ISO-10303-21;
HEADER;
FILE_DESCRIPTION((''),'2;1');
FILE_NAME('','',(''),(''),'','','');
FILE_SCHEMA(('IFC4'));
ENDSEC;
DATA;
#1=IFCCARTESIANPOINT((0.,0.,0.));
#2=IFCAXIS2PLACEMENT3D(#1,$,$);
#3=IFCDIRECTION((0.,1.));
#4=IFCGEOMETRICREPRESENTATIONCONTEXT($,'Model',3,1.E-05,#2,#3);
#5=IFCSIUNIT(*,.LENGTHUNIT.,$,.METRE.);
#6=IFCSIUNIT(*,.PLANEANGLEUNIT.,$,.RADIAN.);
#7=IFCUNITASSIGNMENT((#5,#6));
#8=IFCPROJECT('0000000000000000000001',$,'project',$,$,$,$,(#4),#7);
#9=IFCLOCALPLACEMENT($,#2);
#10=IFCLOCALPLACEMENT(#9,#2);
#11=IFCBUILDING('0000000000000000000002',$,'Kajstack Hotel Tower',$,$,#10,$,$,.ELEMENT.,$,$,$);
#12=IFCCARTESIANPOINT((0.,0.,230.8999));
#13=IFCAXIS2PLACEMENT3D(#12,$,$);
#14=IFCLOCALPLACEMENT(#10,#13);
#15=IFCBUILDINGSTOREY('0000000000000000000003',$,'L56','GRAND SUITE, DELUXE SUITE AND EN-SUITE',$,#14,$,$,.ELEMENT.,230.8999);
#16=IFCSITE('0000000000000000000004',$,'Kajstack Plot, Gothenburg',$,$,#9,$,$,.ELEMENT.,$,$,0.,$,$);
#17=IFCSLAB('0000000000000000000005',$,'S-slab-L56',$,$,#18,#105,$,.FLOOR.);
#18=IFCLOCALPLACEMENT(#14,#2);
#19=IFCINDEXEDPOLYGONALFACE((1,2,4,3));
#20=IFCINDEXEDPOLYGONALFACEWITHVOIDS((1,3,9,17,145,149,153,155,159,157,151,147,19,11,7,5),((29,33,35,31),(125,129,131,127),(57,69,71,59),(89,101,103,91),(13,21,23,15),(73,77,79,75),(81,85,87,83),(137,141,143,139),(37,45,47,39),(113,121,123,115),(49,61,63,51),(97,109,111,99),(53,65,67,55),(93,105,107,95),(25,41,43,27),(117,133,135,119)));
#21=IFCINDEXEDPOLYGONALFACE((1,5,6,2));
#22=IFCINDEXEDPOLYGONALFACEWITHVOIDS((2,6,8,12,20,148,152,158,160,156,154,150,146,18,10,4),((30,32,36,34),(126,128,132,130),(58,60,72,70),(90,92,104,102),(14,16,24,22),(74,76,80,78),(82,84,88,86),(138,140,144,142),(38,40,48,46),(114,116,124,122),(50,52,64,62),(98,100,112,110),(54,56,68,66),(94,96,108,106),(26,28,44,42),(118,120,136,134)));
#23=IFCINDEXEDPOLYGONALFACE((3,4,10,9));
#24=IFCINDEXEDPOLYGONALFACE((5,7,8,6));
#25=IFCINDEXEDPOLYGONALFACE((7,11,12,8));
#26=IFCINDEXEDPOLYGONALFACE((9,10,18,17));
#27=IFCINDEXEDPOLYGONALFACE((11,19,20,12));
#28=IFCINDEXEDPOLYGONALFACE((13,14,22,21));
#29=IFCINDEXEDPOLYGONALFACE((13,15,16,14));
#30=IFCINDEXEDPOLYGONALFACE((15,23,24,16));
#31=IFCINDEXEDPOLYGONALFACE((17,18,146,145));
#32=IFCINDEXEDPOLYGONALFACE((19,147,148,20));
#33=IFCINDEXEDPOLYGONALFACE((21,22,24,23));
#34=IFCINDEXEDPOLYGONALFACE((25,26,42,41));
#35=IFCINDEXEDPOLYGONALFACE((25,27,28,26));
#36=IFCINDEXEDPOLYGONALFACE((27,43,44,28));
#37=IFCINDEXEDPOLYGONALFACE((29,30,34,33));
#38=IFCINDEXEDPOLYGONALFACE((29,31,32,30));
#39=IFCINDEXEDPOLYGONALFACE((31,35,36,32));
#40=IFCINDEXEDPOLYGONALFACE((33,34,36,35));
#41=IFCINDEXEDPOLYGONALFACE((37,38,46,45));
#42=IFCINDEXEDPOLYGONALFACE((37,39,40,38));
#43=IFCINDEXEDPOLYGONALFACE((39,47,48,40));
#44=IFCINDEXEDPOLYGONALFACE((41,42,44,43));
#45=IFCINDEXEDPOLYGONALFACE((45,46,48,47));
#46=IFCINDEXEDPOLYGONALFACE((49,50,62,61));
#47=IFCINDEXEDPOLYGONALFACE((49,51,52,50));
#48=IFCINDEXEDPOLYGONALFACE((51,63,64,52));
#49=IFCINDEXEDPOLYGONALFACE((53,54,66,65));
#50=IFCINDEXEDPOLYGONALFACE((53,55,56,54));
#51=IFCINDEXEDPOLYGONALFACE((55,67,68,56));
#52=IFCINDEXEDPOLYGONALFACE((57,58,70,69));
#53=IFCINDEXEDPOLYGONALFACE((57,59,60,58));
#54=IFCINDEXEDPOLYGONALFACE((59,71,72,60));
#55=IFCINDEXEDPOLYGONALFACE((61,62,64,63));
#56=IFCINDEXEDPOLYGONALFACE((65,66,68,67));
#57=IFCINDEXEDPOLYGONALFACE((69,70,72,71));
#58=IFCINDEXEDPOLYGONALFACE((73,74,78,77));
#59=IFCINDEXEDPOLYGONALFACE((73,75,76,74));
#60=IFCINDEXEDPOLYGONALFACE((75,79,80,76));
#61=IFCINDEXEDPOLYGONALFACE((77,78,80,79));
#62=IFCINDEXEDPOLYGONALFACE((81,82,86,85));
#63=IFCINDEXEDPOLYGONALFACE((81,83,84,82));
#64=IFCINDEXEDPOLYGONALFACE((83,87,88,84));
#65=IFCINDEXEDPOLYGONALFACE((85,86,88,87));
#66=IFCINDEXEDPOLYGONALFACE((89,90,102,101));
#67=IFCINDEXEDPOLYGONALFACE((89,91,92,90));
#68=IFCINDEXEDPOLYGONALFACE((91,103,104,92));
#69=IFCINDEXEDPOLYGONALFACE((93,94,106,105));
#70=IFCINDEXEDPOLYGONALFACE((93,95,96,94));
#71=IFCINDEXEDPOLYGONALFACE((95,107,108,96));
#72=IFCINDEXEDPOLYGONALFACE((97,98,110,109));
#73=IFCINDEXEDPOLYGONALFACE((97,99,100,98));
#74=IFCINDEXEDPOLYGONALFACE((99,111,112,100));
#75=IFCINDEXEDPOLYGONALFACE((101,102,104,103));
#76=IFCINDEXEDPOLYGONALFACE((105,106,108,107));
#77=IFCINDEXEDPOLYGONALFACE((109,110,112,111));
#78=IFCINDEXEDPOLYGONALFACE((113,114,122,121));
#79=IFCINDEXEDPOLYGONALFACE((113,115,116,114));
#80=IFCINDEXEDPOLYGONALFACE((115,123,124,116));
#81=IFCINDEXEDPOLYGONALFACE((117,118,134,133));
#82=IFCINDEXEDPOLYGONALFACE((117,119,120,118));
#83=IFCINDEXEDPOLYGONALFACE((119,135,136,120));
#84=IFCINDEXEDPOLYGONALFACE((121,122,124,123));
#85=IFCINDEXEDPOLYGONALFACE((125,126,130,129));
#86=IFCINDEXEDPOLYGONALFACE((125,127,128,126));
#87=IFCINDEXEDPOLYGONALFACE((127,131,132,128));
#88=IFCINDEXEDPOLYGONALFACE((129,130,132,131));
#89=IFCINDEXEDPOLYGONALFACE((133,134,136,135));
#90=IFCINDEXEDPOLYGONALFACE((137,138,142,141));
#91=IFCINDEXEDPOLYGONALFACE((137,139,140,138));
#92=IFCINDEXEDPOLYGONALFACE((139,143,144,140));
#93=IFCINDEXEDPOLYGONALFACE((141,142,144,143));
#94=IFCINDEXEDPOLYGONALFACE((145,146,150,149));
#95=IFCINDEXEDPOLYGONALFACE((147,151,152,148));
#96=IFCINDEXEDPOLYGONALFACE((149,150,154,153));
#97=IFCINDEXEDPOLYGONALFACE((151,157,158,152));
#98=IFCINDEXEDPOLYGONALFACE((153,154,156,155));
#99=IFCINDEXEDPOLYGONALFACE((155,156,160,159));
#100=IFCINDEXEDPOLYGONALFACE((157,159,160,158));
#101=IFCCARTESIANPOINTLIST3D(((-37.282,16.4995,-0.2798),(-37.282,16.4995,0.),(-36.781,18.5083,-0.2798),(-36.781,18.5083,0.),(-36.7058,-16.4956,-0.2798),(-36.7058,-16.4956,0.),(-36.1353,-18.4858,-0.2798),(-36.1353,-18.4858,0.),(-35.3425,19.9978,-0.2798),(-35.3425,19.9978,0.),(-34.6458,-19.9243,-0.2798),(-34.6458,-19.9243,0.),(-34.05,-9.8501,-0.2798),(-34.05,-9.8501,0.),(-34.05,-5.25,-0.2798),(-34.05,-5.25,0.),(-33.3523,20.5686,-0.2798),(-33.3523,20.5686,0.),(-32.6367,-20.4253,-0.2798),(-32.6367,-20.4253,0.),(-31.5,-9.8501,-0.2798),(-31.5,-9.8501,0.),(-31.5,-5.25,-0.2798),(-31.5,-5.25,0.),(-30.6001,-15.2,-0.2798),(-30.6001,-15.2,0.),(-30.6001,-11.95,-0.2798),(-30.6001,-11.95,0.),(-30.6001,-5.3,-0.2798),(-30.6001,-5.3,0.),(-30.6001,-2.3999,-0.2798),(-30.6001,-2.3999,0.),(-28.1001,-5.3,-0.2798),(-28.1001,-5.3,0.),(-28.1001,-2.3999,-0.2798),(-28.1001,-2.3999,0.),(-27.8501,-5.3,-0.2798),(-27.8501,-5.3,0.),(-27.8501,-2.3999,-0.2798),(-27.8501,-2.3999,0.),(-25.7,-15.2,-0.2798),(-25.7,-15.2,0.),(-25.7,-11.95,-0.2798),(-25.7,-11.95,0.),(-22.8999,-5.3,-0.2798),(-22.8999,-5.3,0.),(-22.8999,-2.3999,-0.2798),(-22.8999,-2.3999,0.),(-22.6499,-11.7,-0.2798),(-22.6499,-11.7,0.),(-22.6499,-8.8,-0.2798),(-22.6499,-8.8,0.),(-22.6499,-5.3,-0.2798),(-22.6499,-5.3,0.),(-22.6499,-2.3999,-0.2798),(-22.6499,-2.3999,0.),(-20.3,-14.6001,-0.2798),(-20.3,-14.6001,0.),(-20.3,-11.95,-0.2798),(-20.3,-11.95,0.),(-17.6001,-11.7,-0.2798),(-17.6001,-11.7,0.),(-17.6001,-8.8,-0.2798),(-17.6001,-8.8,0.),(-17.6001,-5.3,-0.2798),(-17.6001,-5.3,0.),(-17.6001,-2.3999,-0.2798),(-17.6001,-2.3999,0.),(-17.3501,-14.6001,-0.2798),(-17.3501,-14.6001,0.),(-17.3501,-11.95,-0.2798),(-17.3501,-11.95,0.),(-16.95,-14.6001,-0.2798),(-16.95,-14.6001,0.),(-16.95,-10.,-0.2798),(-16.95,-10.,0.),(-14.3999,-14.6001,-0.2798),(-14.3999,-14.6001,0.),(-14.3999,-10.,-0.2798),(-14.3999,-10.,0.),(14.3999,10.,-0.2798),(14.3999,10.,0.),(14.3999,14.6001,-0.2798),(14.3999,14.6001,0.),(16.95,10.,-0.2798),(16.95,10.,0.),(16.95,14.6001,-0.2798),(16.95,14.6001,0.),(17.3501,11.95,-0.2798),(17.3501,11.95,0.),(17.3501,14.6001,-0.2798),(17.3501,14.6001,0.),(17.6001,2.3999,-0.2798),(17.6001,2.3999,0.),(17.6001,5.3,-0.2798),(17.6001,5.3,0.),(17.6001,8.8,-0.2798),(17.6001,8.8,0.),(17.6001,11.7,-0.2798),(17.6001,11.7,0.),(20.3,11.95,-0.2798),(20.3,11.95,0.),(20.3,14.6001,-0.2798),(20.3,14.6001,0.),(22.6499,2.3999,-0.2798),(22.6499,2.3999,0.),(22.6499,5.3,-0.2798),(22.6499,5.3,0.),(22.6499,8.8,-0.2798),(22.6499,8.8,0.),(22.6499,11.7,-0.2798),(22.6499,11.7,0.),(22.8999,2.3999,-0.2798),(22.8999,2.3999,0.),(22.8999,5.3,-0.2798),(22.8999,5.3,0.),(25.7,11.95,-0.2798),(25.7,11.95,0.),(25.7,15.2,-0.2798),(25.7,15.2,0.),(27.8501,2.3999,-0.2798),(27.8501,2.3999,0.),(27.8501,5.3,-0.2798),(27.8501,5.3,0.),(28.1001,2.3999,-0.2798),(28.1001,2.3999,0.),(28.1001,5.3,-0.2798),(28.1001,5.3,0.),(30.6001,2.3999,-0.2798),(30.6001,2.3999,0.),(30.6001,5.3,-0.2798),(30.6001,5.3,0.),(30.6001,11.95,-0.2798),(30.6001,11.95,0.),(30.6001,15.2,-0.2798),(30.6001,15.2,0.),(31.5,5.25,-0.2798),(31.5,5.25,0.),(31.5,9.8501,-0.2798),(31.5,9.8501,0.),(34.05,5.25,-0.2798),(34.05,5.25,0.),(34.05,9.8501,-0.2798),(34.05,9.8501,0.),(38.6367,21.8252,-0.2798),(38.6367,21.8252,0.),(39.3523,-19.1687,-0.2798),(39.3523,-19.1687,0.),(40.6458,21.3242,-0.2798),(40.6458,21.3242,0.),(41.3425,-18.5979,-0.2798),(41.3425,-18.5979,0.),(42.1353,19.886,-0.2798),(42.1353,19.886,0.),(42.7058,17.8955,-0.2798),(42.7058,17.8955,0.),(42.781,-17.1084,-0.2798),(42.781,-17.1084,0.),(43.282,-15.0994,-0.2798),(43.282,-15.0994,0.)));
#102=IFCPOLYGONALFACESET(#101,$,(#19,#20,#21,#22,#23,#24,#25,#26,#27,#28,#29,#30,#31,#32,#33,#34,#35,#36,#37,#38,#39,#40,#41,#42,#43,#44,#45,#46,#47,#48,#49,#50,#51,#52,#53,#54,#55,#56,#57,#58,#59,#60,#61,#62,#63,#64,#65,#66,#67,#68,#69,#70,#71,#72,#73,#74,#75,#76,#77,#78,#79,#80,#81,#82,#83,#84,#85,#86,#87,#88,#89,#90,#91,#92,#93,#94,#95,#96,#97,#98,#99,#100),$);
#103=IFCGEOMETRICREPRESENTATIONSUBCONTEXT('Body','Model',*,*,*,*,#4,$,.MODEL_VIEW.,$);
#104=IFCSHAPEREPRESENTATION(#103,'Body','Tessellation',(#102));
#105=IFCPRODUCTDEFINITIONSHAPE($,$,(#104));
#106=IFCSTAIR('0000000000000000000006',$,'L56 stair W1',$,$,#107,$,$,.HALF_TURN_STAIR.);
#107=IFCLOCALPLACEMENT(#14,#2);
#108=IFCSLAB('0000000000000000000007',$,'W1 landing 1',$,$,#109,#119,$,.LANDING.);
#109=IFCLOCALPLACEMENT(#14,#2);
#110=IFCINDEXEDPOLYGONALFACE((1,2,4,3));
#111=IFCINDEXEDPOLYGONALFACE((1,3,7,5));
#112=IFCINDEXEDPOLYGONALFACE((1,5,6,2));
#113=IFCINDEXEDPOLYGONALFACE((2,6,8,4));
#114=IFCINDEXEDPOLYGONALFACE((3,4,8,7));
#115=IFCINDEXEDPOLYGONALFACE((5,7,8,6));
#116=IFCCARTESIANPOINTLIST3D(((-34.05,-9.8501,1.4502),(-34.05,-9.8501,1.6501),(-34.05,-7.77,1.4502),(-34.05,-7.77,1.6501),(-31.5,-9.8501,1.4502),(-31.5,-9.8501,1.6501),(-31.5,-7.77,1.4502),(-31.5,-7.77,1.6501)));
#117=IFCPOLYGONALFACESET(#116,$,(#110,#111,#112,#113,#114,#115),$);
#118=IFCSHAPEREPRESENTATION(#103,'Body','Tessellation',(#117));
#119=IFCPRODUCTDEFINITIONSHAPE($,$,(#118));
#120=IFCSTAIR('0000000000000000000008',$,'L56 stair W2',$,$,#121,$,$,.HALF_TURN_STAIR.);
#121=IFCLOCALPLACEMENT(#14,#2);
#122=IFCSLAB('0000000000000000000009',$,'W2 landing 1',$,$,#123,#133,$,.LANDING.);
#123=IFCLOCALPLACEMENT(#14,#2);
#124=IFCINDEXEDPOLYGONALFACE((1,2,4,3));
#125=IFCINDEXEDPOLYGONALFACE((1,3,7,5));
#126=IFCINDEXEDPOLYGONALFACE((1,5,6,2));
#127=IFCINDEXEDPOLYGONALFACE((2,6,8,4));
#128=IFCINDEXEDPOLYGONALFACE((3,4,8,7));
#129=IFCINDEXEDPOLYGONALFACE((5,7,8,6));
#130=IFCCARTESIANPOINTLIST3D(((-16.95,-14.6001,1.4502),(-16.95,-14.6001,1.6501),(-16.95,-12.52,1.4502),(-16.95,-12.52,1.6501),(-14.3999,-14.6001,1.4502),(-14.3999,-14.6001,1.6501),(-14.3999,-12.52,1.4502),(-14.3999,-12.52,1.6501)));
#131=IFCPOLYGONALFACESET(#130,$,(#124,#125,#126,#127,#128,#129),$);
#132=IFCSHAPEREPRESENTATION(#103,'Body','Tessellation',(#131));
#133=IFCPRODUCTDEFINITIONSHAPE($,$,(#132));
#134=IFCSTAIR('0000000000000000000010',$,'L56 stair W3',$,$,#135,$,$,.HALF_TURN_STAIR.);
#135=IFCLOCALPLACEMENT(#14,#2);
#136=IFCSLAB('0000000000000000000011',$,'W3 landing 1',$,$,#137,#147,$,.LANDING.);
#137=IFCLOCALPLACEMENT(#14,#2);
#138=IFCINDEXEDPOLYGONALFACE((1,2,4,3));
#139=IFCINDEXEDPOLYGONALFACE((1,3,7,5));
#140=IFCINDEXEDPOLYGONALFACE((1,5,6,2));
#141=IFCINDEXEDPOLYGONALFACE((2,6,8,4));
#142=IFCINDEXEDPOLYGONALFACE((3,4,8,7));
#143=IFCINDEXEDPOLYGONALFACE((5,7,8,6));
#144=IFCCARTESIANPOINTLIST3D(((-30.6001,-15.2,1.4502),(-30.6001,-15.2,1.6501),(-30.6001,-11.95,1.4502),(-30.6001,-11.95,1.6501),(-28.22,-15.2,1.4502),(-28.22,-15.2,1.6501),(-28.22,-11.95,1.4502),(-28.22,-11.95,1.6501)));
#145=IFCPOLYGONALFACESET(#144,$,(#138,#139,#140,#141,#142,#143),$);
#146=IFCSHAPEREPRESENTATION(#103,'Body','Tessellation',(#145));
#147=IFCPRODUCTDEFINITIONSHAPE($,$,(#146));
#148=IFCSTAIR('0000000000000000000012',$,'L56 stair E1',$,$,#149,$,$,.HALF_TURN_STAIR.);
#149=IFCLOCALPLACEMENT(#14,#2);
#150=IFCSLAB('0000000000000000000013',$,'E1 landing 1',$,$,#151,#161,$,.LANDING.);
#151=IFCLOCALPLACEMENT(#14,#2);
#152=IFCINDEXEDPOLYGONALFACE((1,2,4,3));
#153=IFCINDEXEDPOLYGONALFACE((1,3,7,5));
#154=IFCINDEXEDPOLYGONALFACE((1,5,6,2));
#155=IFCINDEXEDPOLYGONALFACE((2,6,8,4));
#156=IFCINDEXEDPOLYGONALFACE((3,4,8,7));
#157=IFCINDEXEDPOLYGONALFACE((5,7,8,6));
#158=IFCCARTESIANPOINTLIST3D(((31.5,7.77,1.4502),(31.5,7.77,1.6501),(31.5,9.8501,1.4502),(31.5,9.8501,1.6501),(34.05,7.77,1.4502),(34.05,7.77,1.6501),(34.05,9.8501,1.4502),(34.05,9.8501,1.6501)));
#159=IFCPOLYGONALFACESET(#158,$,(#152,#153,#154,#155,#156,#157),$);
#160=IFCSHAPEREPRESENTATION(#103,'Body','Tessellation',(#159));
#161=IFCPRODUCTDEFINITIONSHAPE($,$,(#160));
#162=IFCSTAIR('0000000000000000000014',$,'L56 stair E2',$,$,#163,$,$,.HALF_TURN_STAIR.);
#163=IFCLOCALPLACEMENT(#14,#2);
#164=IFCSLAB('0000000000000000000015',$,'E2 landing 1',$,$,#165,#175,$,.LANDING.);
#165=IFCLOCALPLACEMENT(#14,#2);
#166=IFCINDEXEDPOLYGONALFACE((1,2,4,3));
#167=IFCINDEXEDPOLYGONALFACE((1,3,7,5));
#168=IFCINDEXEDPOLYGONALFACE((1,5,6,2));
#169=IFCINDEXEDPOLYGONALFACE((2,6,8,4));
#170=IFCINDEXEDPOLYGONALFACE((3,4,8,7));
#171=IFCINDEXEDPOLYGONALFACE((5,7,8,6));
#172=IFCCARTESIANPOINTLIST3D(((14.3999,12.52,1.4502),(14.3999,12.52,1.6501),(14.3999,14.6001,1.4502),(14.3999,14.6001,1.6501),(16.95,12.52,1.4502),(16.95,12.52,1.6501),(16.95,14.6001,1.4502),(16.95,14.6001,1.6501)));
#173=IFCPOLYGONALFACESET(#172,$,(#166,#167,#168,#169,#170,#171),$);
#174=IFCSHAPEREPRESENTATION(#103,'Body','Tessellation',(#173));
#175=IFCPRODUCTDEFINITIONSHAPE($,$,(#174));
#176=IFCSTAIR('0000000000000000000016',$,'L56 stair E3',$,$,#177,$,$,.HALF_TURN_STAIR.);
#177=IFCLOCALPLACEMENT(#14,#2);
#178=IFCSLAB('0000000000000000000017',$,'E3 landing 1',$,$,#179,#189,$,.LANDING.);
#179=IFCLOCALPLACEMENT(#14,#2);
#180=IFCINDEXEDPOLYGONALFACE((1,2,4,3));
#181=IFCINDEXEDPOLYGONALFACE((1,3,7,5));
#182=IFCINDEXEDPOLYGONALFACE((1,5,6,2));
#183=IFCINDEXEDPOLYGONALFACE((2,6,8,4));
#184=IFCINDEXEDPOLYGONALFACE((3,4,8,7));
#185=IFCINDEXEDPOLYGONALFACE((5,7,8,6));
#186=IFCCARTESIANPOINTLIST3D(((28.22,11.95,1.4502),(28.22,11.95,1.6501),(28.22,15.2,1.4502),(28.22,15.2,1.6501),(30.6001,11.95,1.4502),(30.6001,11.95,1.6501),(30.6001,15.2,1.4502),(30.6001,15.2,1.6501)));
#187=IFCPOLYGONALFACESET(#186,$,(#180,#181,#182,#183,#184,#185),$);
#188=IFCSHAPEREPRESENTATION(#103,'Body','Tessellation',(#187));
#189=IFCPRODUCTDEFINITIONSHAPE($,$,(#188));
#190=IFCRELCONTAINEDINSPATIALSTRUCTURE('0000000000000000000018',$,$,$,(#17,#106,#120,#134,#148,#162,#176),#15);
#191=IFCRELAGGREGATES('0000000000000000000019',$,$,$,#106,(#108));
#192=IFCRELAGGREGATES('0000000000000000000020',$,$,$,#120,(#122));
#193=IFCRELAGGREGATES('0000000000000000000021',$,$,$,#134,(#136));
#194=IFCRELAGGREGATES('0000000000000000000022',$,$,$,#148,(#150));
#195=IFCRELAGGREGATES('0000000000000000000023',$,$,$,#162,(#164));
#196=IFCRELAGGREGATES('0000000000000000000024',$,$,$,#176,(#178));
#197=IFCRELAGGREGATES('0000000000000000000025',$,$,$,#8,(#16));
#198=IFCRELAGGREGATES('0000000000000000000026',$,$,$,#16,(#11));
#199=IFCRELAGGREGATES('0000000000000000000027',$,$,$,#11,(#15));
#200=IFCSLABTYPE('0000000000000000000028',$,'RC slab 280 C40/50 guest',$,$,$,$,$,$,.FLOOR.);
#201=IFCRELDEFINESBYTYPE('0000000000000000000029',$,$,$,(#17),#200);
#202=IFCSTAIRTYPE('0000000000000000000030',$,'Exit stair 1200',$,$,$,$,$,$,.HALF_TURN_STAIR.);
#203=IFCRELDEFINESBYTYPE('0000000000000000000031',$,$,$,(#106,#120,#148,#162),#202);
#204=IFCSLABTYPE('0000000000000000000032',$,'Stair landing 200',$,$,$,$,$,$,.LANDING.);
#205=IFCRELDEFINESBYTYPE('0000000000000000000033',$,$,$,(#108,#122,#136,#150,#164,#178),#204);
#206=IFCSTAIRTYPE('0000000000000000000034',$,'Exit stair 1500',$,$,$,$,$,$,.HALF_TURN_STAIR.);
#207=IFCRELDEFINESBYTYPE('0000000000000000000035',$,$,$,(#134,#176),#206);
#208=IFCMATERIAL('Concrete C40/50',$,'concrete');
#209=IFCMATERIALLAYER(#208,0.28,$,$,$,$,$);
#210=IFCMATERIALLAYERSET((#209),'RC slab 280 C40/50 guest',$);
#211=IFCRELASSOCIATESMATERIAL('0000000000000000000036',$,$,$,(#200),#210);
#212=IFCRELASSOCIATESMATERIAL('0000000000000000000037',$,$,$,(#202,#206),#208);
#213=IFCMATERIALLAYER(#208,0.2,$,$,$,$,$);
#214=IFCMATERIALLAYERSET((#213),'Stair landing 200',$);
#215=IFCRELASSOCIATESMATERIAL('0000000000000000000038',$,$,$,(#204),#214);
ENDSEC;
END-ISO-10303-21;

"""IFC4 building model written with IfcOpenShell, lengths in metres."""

from ifc_helpers import new_model, si_unit, direction, frame, origin, place, context, subcontext, project, spatial, polyline, outline, extrude, material, layer, layer_set, type_object, element, aggregate, save


model = new_model("IFC4")

# Units and contexts
model_context = context("Model", 3, precision=1e-05, world=origin(), true_north=direction((0.0, 1.0)))
body_context = subcontext(model_context, "Body", "Model", "MODEL_VIEW")
ifc_project = project(units=[si_unit("LENGTHUNIT", "METRE"), si_unit("PLANEANGLEUNIT", "RADIAN")], contexts=[model_context])

# Site, building, storey
site_placement = place(None, origin())
site = spatial("IfcSite", under=ifc_project, at=site_placement, Name="Kajstack Plot, Gothenburg", CompositionType="ELEMENT", RefElevation=0.0)
building_placement = place(site_placement, origin())
building = spatial("IfcBuilding", under=site, at=building_placement, Name="Kajstack Hotel Tower", CompositionType="ELEMENT")
storey_placement = place(building_placement, frame((0.0, 0.0, 230.8999)))
storey = spatial("IfcBuildingStorey", under=building, at=storey_placement, Name="L56", Description="GRAND SUITE, DELUXE SUITE AND EN-SUITE", CompositionType="ELEMENT", Elevation=230.8999)

# Slab
ifc_material_1 = material(Name="Concrete C40/50", Category="concrete")
ifc_layer_1 = layer(ifc_material_1, 0.28)
ifc_layer_set_1 = layer_set([ifc_layer_1], Name="RC slab 280 C40/50 guest")
slab_type_1 = type_object("IfcSlabType", Name="RC slab 280 C40/50 guest", PredefinedType="FLOOR", material=ifc_layer_set_1)
slab_1_placement = place(storey_placement, frame((0.0, 0.0, -0.2798)))
element("IfcSlab", 1, at=slab_1_placement, inside=storey, type_object=slab_type_1, Name="S-slab-L56", PredefinedType="FLOOR", context=body_context, shape_type="SweptSolid", body=[
    extrude(outline(polyline([(-37.282, 16.4995), (-36.7058, -16.4956), (-36.1353, -18.4858), (-34.6458, -19.9243), (-32.6367, -20.4253), (39.3523, -19.1687), (41.3425, -18.5979), (42.781, -17.1084), (43.282, -15.0994), (42.7058, 17.8955), (42.1353, 19.886), (40.6458, 21.3242), (38.6367, 21.8252), (-33.3523, 20.5686), (-35.3425, 19.9978), (-36.781, 18.5083), (-37.282, 16.4995)]), holes=[polyline([(-22.6499, -11.7), (-22.6499, -8.8), (-17.6001, -8.8), (-17.6001, -11.7), (-22.6499, -11.7)]), polyline([(-27.8501, -5.3), (-27.8501, -2.3999), (-22.8999, -2.3999), (-22.8999, -5.3), (-27.8501, -5.3)]), polyline([(-22.6499, -5.3), (-22.6499, -2.3999), (-17.6001, -2.3999), (-17.6001, -5.3), (-22.6499, -5.3)]), polyline([(-20.3, -14.6001), (-17.3501, -14.6001), (-17.3501, -11.95), (-20.3, -11.95), (-20.3, -14.6001)]), polyline([(-30.6001, -5.3), (-28.1001, -5.3), (-28.1001, -2.3999), (-30.6001, -2.3999), (-30.6001, -5.3)]), polyline([(17.6001, 8.8), (17.6001, 11.7), (22.6499, 11.7), (22.6499, 8.8), (17.6001, 8.8)]), polyline([(22.8999, 2.3999), (22.8999, 5.3), (27.8501, 5.3), (27.8501, 2.3999), (22.8999, 2.3999)]), polyline([(17.6001, 2.3999), (17.6001, 5.3), (22.6499, 5.3), (22.6499, 2.3999), (17.6001, 2.3999)]), polyline([(20.3, 14.6001), (17.3501, 14.6001), (17.3501, 11.95), (20.3, 11.95), (20.3, 14.6001)]), polyline([(30.6001, 5.3), (28.1001, 5.3), (28.1001, 2.3999), (30.6001, 2.3999), (30.6001, 5.3)]), polyline([(-34.05, -9.8501), (-31.5, -9.8501), (-31.5, -5.25), (-34.05, -5.25), (-34.05, -9.8501)]), polyline([(-16.95, -14.6001), (-14.3999, -14.6001), (-14.3999, -10.0), (-16.95, -10.0), (-16.95, -14.6001)]), polyline([(-30.6001, -15.2), (-25.7, -15.2), (-25.7, -11.95), (-30.6001, -11.95), (-30.6001, -15.2)]), polyline([(34.05, 9.8501), (31.5, 9.8501), (31.5, 5.25), (34.05, 5.25), (34.05, 9.8501)]), polyline([(16.95, 14.6001), (14.3999, 14.6001), (14.3999, 10.0), (16.95, 10.0), (16.95, 14.6001)]), polyline([(30.6001, 15.2), (25.7, 15.2), (25.7, 11.95), (30.6001, 11.95), (30.6001, 15.2)])]), origin(), (0.0, 0.0, 1.0), 0.2798),
])

# Stairs, slabs
stair_type_1 = type_object("IfcStairType", Name="Exit stair 1200", PredefinedType="HALF_TURN_STAIR", material=ifc_material_1)
stair_1_placement = place(storey_placement, origin())
stair_1 = element("IfcStair", 2, at=stair_1_placement, inside=storey, type_object=stair_type_1, Name="L56 stair W1", PredefinedType="HALF_TURN_STAIR")
ifc_layer_2 = layer(ifc_material_1, 0.2)
ifc_layer_set_2 = layer_set([ifc_layer_2], Name="Stair landing 200")
slab_type_2 = type_object("IfcSlabType", Name="Stair landing 200", PredefinedType="LANDING", material=ifc_layer_set_2)
slab_2_placement = place(storey_placement, frame((0.0, 0.0, 1.4502)))
slab_2 = element("IfcSlab", 3, at=slab_2_placement, type_object=slab_type_2, Name="W1 landing 1", PredefinedType="LANDING", context=body_context, shape_type="SweptSolid", body=[
    extrude(outline(polyline([(-34.05, -7.77), (-34.05, -9.8501), (-31.5, -9.8501), (-31.5, -7.77), (-34.05, -7.77)])), origin(), (0.0, 0.0, 1.0), 0.2),
])
aggregate(stair_1, [slab_2])
stair_2_placement = place(storey_placement, origin())
stair_2 = element("IfcStair", 4, at=stair_2_placement, inside=storey, type_object=stair_type_1, Name="L56 stair W2", PredefinedType="HALF_TURN_STAIR")
slab_3_placement = place(storey_placement, frame((0.0, 0.0, 1.4502)))
slab_3 = element("IfcSlab", 5, at=slab_3_placement, type_object=slab_type_2, Name="W2 landing 1", PredefinedType="LANDING", context=body_context, shape_type="SweptSolid", body=[
    extrude(outline(polyline([(-16.95, -12.52), (-16.95, -14.6001), (-14.3999, -14.6001), (-14.3999, -12.52), (-16.95, -12.52)])), origin(), (0.0, 0.0, 1.0), 0.2),
])
aggregate(stair_2, [slab_3])
stair_type_2 = type_object("IfcStairType", Name="Exit stair 1500", PredefinedType="HALF_TURN_STAIR", material=ifc_material_1)
stair_3_placement = place(storey_placement, origin())
stair_3 = element("IfcStair", 6, at=stair_3_placement, inside=storey, type_object=stair_type_2, Name="L56 stair W3", PredefinedType="HALF_TURN_STAIR")
slab_4_placement = place(storey_placement, frame((0.0, 0.0, 1.4502)))
slab_4 = element("IfcSlab", 7, at=slab_4_placement, type_object=slab_type_2, Name="W3 landing 1", PredefinedType="LANDING", context=body_context, shape_type="SweptSolid", body=[
    extrude(outline(polyline([(-28.22, -11.95), (-30.6001, -11.95), (-30.6001, -15.2), (-28.22, -15.2), (-28.22, -11.95)])), origin(), (0.0, 0.0, 1.0), 0.2),
])
aggregate(stair_3, [slab_4])
stair_4_placement = place(storey_placement, origin())
stair_4 = element("IfcStair", 8, at=stair_4_placement, inside=storey, type_object=stair_type_1, Name="L56 stair E1", PredefinedType="HALF_TURN_STAIR")
slab_5_placement = place(storey_placement, frame((0.0, 0.0, 1.4502)))
slab_5 = element("IfcSlab", 9, at=slab_5_placement, type_object=slab_type_2, Name="E1 landing 1", PredefinedType="LANDING", context=body_context, shape_type="SweptSolid", body=[
    extrude(outline(polyline([(34.05, 7.77), (34.05, 9.8501), (31.5, 9.8501), (31.5, 7.77), (34.05, 7.77)])), origin(), (0.0, 0.0, 1.0), 0.2),
])
aggregate(stair_4, [slab_5])
stair_5_placement = place(storey_placement, origin())
stair_5 = element("IfcStair", 10, at=stair_5_placement, inside=storey, type_object=stair_type_1, Name="L56 stair E2", PredefinedType="HALF_TURN_STAIR")
slab_6_placement = place(storey_placement, frame((0.0, 0.0, 1.4502)))
slab_6 = element("IfcSlab", 11, at=slab_6_placement, type_object=slab_type_2, Name="E2 landing 1", PredefinedType="LANDING", context=body_context, shape_type="SweptSolid", body=[
    extrude(outline(polyline([(16.95, 12.52), (16.95, 14.6001), (14.3999, 14.6001), (14.3999, 12.52), (16.95, 12.52)])), origin(), (0.0, 0.0, 1.0), 0.2),
])
aggregate(stair_5, [slab_6])
stair_6_placement = place(storey_placement, origin())
stair_6 = element("IfcStair", 12, at=stair_6_placement, inside=storey, type_object=stair_type_2, Name="L56 stair E3", PredefinedType="HALF_TURN_STAIR")
slab_7_placement = place(storey_placement, frame((0.0, 0.0, 1.4502)))
slab_7 = element("IfcSlab", 13, at=slab_7_placement, type_object=slab_type_2, Name="E3 landing 1", PredefinedType="LANDING", context=body_context, shape_type="SweptSolid", body=[
    extrude(outline(polyline([(28.22, 11.95), (30.6001, 11.95), (30.6001, 15.2), (28.22, 15.2), (28.22, 11.95)])), origin(), (0.0, 0.0, 1.0), 0.2),
])
aggregate(stair_6, [slab_7])

save(model, "model.ifc")
